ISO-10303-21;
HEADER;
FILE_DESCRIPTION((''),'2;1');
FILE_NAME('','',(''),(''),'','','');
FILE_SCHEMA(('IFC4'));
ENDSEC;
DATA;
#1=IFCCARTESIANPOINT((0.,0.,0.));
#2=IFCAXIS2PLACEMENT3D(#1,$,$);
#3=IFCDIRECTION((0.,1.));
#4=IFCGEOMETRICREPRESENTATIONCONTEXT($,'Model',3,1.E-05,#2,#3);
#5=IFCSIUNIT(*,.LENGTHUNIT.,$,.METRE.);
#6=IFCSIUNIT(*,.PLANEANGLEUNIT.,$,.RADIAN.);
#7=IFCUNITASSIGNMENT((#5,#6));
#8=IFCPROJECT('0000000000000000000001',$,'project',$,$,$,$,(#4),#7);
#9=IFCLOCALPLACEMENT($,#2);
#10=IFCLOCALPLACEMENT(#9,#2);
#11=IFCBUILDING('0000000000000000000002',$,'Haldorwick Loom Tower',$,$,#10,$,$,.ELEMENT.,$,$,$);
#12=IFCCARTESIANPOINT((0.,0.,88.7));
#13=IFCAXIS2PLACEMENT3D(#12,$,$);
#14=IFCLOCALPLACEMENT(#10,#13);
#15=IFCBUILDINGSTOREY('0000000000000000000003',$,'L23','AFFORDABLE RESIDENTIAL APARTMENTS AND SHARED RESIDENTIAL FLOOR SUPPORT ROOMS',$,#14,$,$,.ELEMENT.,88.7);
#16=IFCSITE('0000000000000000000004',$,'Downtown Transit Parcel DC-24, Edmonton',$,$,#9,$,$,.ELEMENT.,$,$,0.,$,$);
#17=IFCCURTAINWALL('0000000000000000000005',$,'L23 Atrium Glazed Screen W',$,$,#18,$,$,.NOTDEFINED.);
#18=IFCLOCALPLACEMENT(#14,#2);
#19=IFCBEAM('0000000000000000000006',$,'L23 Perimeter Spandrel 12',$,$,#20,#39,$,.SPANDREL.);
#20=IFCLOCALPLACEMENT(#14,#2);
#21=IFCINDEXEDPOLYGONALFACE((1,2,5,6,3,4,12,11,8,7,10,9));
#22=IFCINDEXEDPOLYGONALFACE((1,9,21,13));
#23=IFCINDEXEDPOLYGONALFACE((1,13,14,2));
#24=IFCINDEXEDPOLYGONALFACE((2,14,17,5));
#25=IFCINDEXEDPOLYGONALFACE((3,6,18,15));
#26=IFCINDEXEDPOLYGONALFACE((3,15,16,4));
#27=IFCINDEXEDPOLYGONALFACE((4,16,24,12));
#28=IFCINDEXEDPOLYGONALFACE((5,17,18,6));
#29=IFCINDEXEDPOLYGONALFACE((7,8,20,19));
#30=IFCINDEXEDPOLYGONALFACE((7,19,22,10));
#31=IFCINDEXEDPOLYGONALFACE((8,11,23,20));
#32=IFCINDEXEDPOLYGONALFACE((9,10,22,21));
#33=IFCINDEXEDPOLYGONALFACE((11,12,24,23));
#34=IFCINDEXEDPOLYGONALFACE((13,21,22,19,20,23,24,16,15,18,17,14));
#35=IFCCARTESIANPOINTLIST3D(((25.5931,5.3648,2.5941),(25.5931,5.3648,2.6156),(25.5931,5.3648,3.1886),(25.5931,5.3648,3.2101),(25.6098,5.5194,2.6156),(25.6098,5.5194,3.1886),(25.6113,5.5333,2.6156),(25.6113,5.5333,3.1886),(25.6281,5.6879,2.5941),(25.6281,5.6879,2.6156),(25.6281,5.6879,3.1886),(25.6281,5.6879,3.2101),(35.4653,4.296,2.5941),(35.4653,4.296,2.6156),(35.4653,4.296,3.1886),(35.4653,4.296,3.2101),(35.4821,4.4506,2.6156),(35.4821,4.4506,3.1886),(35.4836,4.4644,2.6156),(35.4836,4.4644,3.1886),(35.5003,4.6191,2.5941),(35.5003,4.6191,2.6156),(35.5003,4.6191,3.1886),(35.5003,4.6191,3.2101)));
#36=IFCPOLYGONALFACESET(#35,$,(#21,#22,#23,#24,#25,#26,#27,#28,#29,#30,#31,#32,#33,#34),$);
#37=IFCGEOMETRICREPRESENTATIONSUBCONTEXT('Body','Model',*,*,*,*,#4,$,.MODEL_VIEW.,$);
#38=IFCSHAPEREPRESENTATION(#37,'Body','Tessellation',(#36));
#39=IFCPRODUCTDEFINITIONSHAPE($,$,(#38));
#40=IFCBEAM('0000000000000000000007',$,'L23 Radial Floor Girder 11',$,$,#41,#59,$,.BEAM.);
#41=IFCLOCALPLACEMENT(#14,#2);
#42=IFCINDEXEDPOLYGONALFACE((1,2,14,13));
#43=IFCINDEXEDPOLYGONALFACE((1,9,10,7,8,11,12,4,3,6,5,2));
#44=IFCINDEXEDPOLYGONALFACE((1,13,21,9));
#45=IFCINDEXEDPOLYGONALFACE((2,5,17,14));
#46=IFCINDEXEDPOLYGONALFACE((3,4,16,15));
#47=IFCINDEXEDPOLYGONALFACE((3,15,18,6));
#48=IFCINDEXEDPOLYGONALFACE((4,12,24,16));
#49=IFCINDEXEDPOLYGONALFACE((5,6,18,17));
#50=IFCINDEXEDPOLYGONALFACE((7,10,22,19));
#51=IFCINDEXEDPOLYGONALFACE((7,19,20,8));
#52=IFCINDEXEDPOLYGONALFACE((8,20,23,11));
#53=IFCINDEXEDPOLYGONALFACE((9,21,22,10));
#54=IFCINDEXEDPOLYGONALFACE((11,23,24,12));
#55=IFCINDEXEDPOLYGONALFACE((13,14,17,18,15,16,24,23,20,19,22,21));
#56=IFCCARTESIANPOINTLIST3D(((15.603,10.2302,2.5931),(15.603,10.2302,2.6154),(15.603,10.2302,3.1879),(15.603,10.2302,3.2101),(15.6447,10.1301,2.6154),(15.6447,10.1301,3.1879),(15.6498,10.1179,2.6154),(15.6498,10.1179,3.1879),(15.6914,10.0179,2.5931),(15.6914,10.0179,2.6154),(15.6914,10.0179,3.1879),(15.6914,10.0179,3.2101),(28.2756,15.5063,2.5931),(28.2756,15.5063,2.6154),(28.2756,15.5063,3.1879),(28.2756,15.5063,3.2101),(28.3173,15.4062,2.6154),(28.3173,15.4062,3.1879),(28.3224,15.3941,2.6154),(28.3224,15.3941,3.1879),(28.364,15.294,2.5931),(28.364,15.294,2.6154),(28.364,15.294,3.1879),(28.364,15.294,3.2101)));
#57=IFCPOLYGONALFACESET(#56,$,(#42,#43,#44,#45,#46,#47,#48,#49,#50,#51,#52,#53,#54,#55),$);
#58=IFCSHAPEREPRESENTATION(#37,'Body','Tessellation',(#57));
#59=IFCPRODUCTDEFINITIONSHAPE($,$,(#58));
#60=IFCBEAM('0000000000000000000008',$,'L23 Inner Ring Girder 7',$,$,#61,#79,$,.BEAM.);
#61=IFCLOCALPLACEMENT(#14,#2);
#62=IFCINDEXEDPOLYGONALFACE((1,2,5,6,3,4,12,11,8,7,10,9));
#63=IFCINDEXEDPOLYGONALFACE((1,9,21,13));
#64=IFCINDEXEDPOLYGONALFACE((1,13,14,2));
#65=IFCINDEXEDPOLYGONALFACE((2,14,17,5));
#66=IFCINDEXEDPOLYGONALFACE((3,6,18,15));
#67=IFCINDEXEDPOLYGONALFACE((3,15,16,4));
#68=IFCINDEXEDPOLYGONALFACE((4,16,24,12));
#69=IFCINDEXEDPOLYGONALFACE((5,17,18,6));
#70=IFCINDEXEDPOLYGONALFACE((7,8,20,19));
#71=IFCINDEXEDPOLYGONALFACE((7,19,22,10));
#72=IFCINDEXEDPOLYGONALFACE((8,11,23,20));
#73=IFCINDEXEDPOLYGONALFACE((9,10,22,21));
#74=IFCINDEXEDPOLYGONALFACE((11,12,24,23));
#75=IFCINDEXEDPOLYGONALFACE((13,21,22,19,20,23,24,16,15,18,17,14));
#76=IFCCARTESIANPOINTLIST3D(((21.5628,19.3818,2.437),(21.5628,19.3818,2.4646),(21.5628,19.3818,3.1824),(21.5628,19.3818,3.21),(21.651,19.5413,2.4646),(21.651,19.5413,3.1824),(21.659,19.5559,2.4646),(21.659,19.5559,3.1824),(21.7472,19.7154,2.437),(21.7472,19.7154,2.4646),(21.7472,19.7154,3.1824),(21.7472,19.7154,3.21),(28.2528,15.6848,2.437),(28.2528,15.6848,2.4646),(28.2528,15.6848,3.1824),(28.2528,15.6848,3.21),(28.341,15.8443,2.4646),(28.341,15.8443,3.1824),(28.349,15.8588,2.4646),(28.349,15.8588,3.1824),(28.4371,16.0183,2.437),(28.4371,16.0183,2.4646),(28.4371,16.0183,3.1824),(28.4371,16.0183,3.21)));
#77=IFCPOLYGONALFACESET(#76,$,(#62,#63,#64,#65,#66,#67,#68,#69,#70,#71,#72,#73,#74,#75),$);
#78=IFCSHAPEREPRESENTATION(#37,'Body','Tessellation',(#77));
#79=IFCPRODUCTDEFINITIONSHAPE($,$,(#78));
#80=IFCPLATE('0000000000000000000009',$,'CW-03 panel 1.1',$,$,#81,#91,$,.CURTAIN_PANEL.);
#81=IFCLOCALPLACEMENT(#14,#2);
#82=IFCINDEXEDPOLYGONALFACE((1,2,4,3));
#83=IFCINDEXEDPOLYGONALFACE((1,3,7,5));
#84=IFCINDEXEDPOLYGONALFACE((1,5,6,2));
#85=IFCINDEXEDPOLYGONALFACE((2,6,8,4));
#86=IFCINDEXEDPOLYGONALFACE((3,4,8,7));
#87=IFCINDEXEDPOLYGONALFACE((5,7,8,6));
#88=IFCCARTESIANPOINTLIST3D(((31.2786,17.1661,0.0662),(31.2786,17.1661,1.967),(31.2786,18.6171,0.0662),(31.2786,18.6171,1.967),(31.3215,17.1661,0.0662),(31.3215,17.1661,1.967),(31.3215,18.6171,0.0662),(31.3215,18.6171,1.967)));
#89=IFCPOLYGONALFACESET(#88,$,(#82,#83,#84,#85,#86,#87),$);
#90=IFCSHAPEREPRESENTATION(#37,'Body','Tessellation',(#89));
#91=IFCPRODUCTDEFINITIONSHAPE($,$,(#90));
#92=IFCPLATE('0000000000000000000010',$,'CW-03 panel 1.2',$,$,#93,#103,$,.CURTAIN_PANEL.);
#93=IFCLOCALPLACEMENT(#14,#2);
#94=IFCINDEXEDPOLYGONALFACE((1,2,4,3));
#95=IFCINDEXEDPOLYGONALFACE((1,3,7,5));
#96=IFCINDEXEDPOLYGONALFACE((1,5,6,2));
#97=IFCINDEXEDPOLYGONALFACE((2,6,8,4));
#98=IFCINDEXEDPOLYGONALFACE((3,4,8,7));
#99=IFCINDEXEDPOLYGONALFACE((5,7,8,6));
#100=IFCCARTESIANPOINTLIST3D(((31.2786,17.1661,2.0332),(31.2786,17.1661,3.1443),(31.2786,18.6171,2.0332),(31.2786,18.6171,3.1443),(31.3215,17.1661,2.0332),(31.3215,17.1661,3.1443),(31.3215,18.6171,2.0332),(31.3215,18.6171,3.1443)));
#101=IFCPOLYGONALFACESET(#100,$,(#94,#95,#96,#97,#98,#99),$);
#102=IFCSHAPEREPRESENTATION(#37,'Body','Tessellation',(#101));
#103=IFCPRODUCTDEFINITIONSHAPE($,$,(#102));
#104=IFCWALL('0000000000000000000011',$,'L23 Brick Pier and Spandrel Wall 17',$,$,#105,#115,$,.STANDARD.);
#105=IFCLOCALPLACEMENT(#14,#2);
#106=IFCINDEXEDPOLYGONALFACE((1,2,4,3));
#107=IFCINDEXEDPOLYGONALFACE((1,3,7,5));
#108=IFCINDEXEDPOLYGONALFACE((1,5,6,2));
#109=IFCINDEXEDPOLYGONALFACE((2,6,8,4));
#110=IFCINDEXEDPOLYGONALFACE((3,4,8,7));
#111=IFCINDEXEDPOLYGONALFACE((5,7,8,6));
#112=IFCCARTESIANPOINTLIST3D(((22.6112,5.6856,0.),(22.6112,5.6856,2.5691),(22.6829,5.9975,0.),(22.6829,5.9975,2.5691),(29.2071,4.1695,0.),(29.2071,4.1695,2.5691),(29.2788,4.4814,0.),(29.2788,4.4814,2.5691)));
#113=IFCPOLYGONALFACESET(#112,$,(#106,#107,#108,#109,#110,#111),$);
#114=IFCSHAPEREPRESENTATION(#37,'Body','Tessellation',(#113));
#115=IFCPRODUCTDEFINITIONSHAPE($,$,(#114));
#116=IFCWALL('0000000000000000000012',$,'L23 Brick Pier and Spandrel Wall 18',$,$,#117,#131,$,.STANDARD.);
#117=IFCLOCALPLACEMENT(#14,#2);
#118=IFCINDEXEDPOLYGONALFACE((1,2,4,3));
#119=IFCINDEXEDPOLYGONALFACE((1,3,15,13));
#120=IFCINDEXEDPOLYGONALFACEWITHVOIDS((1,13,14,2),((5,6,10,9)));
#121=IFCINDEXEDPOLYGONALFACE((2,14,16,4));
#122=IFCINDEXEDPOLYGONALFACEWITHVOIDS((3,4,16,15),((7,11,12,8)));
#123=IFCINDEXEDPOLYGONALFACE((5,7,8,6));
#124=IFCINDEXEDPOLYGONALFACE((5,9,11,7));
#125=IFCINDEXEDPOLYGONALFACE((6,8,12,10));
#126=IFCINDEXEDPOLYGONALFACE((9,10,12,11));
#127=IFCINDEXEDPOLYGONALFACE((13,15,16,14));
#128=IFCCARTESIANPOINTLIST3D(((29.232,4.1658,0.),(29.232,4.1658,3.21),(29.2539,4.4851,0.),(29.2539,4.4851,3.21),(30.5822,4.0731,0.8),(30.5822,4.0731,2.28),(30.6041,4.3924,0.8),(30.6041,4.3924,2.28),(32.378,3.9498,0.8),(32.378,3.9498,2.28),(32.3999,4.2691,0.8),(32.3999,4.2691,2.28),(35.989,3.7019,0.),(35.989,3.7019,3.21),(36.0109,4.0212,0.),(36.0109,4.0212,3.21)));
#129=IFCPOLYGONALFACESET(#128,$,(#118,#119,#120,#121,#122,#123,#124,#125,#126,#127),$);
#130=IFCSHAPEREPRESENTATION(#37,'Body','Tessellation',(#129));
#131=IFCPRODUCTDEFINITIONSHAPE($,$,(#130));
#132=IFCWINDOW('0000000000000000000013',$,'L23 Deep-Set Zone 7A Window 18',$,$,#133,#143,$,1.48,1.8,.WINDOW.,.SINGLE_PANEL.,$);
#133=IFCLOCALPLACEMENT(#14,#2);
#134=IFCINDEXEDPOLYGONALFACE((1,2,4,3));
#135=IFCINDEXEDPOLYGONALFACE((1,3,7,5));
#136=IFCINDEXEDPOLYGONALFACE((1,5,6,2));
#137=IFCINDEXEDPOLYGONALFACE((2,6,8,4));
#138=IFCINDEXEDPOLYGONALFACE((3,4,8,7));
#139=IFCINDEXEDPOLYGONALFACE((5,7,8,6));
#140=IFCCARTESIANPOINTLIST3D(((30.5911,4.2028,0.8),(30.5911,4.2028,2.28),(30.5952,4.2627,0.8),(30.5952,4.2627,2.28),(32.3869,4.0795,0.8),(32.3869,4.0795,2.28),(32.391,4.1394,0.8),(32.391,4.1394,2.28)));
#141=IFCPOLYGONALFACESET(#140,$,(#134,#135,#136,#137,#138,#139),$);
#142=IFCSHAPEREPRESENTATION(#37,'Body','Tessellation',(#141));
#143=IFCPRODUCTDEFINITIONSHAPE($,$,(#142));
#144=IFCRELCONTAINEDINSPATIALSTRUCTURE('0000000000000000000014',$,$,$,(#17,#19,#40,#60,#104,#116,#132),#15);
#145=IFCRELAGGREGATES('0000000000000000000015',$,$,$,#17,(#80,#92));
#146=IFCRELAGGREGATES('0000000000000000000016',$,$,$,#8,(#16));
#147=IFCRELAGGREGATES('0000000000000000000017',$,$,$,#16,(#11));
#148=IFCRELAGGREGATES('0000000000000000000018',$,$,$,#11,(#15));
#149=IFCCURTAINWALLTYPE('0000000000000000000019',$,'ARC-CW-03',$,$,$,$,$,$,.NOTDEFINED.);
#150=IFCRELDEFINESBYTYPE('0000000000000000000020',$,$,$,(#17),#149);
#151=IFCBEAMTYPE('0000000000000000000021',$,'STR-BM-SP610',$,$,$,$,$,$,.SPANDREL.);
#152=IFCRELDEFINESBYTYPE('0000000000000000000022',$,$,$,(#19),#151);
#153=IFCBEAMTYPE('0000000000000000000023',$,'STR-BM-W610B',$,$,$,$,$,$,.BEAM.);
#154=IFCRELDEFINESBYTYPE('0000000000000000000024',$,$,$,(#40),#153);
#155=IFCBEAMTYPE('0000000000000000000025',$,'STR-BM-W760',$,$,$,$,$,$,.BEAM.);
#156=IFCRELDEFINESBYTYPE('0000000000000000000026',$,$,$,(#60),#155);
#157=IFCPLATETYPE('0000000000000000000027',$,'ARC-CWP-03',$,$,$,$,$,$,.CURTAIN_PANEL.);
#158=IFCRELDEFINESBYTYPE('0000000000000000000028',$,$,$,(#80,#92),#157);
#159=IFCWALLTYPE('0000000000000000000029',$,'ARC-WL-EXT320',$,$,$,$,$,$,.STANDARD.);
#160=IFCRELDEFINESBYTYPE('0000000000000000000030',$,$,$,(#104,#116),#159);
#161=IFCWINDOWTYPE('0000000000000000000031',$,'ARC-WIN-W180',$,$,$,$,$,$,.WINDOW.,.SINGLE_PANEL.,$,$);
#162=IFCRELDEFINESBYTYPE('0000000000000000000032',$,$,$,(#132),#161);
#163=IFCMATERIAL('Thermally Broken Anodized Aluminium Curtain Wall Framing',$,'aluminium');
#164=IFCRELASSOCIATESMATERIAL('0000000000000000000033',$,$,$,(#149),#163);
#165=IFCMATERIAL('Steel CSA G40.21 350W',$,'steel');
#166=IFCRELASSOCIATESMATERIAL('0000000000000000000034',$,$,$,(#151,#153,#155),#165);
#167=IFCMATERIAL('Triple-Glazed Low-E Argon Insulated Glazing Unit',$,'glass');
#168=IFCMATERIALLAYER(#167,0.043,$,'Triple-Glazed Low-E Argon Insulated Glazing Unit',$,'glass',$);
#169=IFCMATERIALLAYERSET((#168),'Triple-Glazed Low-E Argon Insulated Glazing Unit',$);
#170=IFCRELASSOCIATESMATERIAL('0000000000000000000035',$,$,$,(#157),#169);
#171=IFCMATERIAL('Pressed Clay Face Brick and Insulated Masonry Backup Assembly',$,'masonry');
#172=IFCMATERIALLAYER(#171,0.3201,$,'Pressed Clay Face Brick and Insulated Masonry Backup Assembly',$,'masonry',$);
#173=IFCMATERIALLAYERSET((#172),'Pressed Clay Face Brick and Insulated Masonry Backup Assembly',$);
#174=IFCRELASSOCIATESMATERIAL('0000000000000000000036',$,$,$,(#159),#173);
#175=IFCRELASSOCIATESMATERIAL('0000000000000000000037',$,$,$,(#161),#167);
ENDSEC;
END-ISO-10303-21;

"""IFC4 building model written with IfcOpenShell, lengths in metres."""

from ifc_helpers import new_model, si_unit, direction, frame, frame_2d, origin, origin_2d, place, context, subcontext, project, spatial, rectangle, i_section, extrude, material, layer, layer_set, material_profile, profile_set, type_object, element, fill, aggregate, save


model = new_model("IFC4")

# Units and contexts
model_context = context("Model", 3, precision=1e-05, world=origin(), true_north=direction((0.0, 1.0)))
body_context = subcontext(model_context, "Body", "Model", "MODEL_VIEW")
ifc_project = project(units=[si_unit("LENGTHUNIT", "METRE"), si_unit("PLANEANGLEUNIT", "RADIAN")], contexts=[model_context])

# Site, building, storey
site_placement = place(None, origin())
site = spatial("IfcSite", under=ifc_project, at=site_placement, Name="Downtown Transit Parcel DC-24, Edmonton", CompositionType="ELEMENT", RefElevation=0.0)
building_placement = place(site_placement, origin())
building = spatial("IfcBuilding", under=site, at=building_placement, Name="Haldorwick Loom Tower", CompositionType="ELEMENT")
storey_placement = place(building_placement, frame((0.0, 0.0, 88.7)))
storey = spatial("IfcBuildingStorey", under=building, at=storey_placement, Name="L23", Description="AFFORDABLE RESIDENTIAL APARTMENTS AND SHARED RESIDENTIAL FLOOR SUPPORT ROOMS", CompositionType="ELEMENT", Elevation=88.7)

# Curtain wall
ifc_material_1 = material(Name="Thermally Broken Anodized Aluminium Curtain Wall Framing", Category="aluminium")
curtain_wall_type = type_object("IfcCurtainWallType", Name="ARC-CW-03", PredefinedType="NOTDEFINED", material=ifc_material_1)
curtain_wall_placement = place(storey_placement, origin())
curtain_wall = element("IfcCurtainWall", 1, at=curtain_wall_placement, inside=storey, type_object=curtain_wall_type, Name="L23 Atrium Glazed Screen W", PredefinedType="NOTDEFINED")

# Beams
ifc_material_2 = material(Name="Steel CSA G40.21 350W", Category="steel")
ifc_material_profile_1 = material_profile(ifc_material_2, i_section(OverallWidth=0.325, OverallDepth=0.616, WebThickness=0.0139, FlangeThickness=0.0215, at=origin_2d()), Name="W610X174", Category="steel")
ifc_profile_set_1 = profile_set([ifc_material_profile_1], Name="Steel CSA G40.21 350W")
beam_type_1 = type_object("IfcBeamType", Name="STR-BM-SP610", PredefinedType="SPANDREL", material=ifc_profile_set_1)
beam_1_placement = place(storey_placement, frame((25.6106, 5.5264, 2.9021), z_axis=(0.99419, -0.107638, 0.0), x_axis=(0.107638, 0.99419, 0.0)))
element("IfcBeam", 2, at=beam_1_placement, inside=storey, type_object=beam_type_1, Name="L23 Perimeter Spandrel 12", PredefinedType="SPANDREL", context=body_context, shape_type="SweptSolid", body=[
    extrude(i_section(OverallWidth=0.325, OverallDepth=0.616, WebThickness=0.0139, FlangeThickness=0.0215, at=origin_2d()), origin(), (0.0, 0.0, 1.0), 9.9299),
])
ifc_material_profile_2 = material_profile(ifc_material_2, i_section(OverallWidth=0.23, OverallDepth=0.6169, WebThickness=0.0132, FlangeThickness=0.0222, at=origin_2d()), Name="W610X140", Category="steel")
ifc_profile_set_2 = profile_set([ifc_material_profile_2], Name="Steel CSA G40.21 350W")
beam_type_2 = type_object("IfcBeamType", Name="STR-BM-W610B", PredefinedType="BEAM", material=ifc_profile_set_2)
beam_2_placement = place(storey_placement, frame((28.3198, 15.4001, 2.9016), z_axis=(-0.923184, -0.384359, 0.0), x_axis=(0.384359, -0.923184, 0.0)))
element("IfcBeam", 3, at=beam_2_placement, inside=storey, type_object=beam_type_2, Name="L23 Radial Floor Girder 11", PredefinedType="BEAM", context=body_context, shape_type="SweptSolid", body=[
    extrude(i_section(OverallWidth=0.23, OverallDepth=0.6169, WebThickness=0.0132, FlangeThickness=0.0222, at=origin_2d()), origin(), (0.0, 0.0, 1.0), 13.7271),
])
ifc_material_profile_3 = material_profile(ifc_material_2, i_section(OverallWidth=0.3811, OverallDepth=0.7729, WebThickness=0.0166, FlangeThickness=0.0276, at=origin_2d()), Name="W760X257", Category="steel")
ifc_profile_set_3 = profile_set([ifc_material_profile_3], Name="Steel CSA G40.21 350W")
beam_type_3 = type_object("IfcBeamType", Name="STR-BM-W760", PredefinedType="BEAM", material=ifc_profile_set_3)
beam_3_placement = place(storey_placement, frame((28.345, 15.8516, 2.8235), z_axis=(-0.875244, 0.483681, 0.0), x_axis=(-0.483681, -0.875244, 0.0)))
element("IfcBeam", 4, at=beam_3_placement, inside=storey, type_object=beam_type_3, Name="L23 Inner Ring Girder 7", PredefinedType="BEAM", context=body_context, shape_type="SweptSolid", body=[
    extrude(i_section(OverallWidth=0.3811, OverallDepth=0.7729, WebThickness=0.0166, FlangeThickness=0.0276, at=origin_2d()), origin(), (0.0, 0.0, 1.0), 7.6436),
])

# Plates
ifc_material_3 = material(Name="Triple-Glazed Low-E Argon Insulated Glazing Unit", Category="glass")
ifc_layer_1 = layer(ifc_material_3, 0.043, Name="Triple-Glazed Low-E Argon Insulated Glazing Unit", Category="glass")
ifc_layer_set_1 = layer_set([ifc_layer_1], Name="Triple-Glazed Low-E Argon Insulated Glazing Unit")
plate_type = type_object("IfcPlateType", Name="ARC-CWP-03", PredefinedType="CURTAIN_PANEL", material=ifc_layer_set_1)
plate_1_placement = place(storey_placement, frame((31.3, 17.8916, 0.0662), z_axis=(0.0, 0.0, 1.0), x_axis=(0.0, 1.0, 0.0)))
plate_1 = element("IfcPlate", 5, at=plate_1_placement, type_object=plate_type, Name="CW-03 panel 1.1", PredefinedType="CURTAIN_PANEL", context=body_context, shape_type="SweptSolid", body=[
    extrude(rectangle(XDim=1.4509, YDim=0.043, at=origin_2d()), origin(), (0.0, 0.0, 1.0), 1.9009),
])
plate_2_placement = place(storey_placement, frame((31.3, 17.8916, 2.0332), z_axis=(0.0, 0.0, 1.0), x_axis=(0.0, 1.0, 0.0)))
plate_2 = element("IfcPlate", 6, at=plate_2_placement, type_object=plate_type, Name="CW-03 panel 1.2", PredefinedType="CURTAIN_PANEL", context=body_context, shape_type="SweptSolid", body=[
    extrude(rectangle(XDim=1.4509, YDim=0.043, at=origin_2d()), origin(), (0.0, 0.0, 1.0), 1.1111),
])
aggregate(curtain_wall, [plate_1, plate_2])

# Wall
ifc_material_4 = material(Name="Pressed Clay Face Brick and Insulated Masonry Backup Assembly", Category="masonry")
ifc_layer_2 = layer(ifc_material_4, 0.3201, Name="Pressed Clay Face Brick and Insulated Masonry Backup Assembly", Category="masonry")
ifc_layer_set_2 = layer_set([ifc_layer_2], Name="Pressed Clay Face Brick and Insulated Masonry Backup Assembly")
wall_type_1 = type_object("IfcWallType", Name="ARC-WL-EXT320", PredefinedType="STANDARD", material=ifc_layer_set_2)
wall_1_placement = place(storey_placement, frame((22.6472, 5.8416, 0.0), z_axis=(0.0, 0.0, 1.0), x_axis=(0.974584, -0.224022, 0.0)))
element("IfcWall", 7, at=wall_1_placement, inside=storey, type_object=wall_type_1, Name="L23 Brick Pier and Spandrel Wall 17", PredefinedType="STANDARD", context=body_context, shape_type="SweptSolid", body=[
    extrude(rectangle(XDim=6.7678, YDim=0.3201, at=frame_2d((3.3838, 0.0))), origin(), (0.0, 0.0, 1.0), 2.5691),
])

# Wall, opening, window
wall_2_placement = place(storey_placement, frame((29.2429, 4.3254, 0.0), z_axis=(0.0, 0.0, 1.0), x_axis=(0.997652, -0.068488, 0.0)))
wall_2 = element("IfcWall", 8, at=wall_2_placement, inside=storey, type_object=wall_type_1, Name="L23 Brick Pier and Spandrel Wall 18", PredefinedType="STANDARD", context=body_context, shape_type="SweptSolid", body=[
    extrude(rectangle(XDim=6.7729, YDim=0.3201, at=frame_2d((3.3865, 0.0))), origin(), (0.0, 0.0, 1.0), 3.21),
])
opening_1_placement = place(wall_2_placement, frame((1.3535, 0.0, 0.8)))
opening_1 = element("IfcOpeningElement", 9, at=opening_1_placement, cuts=wall_2, PredefinedType="OPENING", context=body_context, shape_type="SweptSolid", body=[
    extrude(rectangle(XDim=1.8, YDim=1.48, at=frame_2d((0.8999, 0.74))), frame((0.0, 0.1699, 0.0), z_axis=(0.0, -1.0, 0.0), x_axis=(1.0, 0.0, 0.0)), (0.0, 0.0, 1.0), 0.3401),
])
window_type = type_object("IfcWindowType", Name="ARC-WIN-W180", PartitioningType="SINGLE_PANEL", PredefinedType="WINDOW", material=ifc_material_3)
window_placement = place(opening_1_placement, origin())
window = element("IfcWindow", 10, at=window_placement, inside=storey, type_object=window_type, Name="L23 Deep-Set Zone 7A Window 18", OverallHeight=1.48, OverallWidth=1.8, PartitioningType="SINGLE_PANEL", PredefinedType="WINDOW", context=body_context, shape_type="SweptSolid", body=[
    extrude(rectangle(XDim=1.8, YDim=1.48, at=frame_2d((0.8999, 0.74))), frame((0.0, 0.03, 0.0), z_axis=(0.0, -1.0, 0.0), x_axis=(1.0, 0.0, 0.0)), (0.0, 0.0, 1.0), 0.0601),
])
fill(opening_1, window)

save(model, "model.ifc")
